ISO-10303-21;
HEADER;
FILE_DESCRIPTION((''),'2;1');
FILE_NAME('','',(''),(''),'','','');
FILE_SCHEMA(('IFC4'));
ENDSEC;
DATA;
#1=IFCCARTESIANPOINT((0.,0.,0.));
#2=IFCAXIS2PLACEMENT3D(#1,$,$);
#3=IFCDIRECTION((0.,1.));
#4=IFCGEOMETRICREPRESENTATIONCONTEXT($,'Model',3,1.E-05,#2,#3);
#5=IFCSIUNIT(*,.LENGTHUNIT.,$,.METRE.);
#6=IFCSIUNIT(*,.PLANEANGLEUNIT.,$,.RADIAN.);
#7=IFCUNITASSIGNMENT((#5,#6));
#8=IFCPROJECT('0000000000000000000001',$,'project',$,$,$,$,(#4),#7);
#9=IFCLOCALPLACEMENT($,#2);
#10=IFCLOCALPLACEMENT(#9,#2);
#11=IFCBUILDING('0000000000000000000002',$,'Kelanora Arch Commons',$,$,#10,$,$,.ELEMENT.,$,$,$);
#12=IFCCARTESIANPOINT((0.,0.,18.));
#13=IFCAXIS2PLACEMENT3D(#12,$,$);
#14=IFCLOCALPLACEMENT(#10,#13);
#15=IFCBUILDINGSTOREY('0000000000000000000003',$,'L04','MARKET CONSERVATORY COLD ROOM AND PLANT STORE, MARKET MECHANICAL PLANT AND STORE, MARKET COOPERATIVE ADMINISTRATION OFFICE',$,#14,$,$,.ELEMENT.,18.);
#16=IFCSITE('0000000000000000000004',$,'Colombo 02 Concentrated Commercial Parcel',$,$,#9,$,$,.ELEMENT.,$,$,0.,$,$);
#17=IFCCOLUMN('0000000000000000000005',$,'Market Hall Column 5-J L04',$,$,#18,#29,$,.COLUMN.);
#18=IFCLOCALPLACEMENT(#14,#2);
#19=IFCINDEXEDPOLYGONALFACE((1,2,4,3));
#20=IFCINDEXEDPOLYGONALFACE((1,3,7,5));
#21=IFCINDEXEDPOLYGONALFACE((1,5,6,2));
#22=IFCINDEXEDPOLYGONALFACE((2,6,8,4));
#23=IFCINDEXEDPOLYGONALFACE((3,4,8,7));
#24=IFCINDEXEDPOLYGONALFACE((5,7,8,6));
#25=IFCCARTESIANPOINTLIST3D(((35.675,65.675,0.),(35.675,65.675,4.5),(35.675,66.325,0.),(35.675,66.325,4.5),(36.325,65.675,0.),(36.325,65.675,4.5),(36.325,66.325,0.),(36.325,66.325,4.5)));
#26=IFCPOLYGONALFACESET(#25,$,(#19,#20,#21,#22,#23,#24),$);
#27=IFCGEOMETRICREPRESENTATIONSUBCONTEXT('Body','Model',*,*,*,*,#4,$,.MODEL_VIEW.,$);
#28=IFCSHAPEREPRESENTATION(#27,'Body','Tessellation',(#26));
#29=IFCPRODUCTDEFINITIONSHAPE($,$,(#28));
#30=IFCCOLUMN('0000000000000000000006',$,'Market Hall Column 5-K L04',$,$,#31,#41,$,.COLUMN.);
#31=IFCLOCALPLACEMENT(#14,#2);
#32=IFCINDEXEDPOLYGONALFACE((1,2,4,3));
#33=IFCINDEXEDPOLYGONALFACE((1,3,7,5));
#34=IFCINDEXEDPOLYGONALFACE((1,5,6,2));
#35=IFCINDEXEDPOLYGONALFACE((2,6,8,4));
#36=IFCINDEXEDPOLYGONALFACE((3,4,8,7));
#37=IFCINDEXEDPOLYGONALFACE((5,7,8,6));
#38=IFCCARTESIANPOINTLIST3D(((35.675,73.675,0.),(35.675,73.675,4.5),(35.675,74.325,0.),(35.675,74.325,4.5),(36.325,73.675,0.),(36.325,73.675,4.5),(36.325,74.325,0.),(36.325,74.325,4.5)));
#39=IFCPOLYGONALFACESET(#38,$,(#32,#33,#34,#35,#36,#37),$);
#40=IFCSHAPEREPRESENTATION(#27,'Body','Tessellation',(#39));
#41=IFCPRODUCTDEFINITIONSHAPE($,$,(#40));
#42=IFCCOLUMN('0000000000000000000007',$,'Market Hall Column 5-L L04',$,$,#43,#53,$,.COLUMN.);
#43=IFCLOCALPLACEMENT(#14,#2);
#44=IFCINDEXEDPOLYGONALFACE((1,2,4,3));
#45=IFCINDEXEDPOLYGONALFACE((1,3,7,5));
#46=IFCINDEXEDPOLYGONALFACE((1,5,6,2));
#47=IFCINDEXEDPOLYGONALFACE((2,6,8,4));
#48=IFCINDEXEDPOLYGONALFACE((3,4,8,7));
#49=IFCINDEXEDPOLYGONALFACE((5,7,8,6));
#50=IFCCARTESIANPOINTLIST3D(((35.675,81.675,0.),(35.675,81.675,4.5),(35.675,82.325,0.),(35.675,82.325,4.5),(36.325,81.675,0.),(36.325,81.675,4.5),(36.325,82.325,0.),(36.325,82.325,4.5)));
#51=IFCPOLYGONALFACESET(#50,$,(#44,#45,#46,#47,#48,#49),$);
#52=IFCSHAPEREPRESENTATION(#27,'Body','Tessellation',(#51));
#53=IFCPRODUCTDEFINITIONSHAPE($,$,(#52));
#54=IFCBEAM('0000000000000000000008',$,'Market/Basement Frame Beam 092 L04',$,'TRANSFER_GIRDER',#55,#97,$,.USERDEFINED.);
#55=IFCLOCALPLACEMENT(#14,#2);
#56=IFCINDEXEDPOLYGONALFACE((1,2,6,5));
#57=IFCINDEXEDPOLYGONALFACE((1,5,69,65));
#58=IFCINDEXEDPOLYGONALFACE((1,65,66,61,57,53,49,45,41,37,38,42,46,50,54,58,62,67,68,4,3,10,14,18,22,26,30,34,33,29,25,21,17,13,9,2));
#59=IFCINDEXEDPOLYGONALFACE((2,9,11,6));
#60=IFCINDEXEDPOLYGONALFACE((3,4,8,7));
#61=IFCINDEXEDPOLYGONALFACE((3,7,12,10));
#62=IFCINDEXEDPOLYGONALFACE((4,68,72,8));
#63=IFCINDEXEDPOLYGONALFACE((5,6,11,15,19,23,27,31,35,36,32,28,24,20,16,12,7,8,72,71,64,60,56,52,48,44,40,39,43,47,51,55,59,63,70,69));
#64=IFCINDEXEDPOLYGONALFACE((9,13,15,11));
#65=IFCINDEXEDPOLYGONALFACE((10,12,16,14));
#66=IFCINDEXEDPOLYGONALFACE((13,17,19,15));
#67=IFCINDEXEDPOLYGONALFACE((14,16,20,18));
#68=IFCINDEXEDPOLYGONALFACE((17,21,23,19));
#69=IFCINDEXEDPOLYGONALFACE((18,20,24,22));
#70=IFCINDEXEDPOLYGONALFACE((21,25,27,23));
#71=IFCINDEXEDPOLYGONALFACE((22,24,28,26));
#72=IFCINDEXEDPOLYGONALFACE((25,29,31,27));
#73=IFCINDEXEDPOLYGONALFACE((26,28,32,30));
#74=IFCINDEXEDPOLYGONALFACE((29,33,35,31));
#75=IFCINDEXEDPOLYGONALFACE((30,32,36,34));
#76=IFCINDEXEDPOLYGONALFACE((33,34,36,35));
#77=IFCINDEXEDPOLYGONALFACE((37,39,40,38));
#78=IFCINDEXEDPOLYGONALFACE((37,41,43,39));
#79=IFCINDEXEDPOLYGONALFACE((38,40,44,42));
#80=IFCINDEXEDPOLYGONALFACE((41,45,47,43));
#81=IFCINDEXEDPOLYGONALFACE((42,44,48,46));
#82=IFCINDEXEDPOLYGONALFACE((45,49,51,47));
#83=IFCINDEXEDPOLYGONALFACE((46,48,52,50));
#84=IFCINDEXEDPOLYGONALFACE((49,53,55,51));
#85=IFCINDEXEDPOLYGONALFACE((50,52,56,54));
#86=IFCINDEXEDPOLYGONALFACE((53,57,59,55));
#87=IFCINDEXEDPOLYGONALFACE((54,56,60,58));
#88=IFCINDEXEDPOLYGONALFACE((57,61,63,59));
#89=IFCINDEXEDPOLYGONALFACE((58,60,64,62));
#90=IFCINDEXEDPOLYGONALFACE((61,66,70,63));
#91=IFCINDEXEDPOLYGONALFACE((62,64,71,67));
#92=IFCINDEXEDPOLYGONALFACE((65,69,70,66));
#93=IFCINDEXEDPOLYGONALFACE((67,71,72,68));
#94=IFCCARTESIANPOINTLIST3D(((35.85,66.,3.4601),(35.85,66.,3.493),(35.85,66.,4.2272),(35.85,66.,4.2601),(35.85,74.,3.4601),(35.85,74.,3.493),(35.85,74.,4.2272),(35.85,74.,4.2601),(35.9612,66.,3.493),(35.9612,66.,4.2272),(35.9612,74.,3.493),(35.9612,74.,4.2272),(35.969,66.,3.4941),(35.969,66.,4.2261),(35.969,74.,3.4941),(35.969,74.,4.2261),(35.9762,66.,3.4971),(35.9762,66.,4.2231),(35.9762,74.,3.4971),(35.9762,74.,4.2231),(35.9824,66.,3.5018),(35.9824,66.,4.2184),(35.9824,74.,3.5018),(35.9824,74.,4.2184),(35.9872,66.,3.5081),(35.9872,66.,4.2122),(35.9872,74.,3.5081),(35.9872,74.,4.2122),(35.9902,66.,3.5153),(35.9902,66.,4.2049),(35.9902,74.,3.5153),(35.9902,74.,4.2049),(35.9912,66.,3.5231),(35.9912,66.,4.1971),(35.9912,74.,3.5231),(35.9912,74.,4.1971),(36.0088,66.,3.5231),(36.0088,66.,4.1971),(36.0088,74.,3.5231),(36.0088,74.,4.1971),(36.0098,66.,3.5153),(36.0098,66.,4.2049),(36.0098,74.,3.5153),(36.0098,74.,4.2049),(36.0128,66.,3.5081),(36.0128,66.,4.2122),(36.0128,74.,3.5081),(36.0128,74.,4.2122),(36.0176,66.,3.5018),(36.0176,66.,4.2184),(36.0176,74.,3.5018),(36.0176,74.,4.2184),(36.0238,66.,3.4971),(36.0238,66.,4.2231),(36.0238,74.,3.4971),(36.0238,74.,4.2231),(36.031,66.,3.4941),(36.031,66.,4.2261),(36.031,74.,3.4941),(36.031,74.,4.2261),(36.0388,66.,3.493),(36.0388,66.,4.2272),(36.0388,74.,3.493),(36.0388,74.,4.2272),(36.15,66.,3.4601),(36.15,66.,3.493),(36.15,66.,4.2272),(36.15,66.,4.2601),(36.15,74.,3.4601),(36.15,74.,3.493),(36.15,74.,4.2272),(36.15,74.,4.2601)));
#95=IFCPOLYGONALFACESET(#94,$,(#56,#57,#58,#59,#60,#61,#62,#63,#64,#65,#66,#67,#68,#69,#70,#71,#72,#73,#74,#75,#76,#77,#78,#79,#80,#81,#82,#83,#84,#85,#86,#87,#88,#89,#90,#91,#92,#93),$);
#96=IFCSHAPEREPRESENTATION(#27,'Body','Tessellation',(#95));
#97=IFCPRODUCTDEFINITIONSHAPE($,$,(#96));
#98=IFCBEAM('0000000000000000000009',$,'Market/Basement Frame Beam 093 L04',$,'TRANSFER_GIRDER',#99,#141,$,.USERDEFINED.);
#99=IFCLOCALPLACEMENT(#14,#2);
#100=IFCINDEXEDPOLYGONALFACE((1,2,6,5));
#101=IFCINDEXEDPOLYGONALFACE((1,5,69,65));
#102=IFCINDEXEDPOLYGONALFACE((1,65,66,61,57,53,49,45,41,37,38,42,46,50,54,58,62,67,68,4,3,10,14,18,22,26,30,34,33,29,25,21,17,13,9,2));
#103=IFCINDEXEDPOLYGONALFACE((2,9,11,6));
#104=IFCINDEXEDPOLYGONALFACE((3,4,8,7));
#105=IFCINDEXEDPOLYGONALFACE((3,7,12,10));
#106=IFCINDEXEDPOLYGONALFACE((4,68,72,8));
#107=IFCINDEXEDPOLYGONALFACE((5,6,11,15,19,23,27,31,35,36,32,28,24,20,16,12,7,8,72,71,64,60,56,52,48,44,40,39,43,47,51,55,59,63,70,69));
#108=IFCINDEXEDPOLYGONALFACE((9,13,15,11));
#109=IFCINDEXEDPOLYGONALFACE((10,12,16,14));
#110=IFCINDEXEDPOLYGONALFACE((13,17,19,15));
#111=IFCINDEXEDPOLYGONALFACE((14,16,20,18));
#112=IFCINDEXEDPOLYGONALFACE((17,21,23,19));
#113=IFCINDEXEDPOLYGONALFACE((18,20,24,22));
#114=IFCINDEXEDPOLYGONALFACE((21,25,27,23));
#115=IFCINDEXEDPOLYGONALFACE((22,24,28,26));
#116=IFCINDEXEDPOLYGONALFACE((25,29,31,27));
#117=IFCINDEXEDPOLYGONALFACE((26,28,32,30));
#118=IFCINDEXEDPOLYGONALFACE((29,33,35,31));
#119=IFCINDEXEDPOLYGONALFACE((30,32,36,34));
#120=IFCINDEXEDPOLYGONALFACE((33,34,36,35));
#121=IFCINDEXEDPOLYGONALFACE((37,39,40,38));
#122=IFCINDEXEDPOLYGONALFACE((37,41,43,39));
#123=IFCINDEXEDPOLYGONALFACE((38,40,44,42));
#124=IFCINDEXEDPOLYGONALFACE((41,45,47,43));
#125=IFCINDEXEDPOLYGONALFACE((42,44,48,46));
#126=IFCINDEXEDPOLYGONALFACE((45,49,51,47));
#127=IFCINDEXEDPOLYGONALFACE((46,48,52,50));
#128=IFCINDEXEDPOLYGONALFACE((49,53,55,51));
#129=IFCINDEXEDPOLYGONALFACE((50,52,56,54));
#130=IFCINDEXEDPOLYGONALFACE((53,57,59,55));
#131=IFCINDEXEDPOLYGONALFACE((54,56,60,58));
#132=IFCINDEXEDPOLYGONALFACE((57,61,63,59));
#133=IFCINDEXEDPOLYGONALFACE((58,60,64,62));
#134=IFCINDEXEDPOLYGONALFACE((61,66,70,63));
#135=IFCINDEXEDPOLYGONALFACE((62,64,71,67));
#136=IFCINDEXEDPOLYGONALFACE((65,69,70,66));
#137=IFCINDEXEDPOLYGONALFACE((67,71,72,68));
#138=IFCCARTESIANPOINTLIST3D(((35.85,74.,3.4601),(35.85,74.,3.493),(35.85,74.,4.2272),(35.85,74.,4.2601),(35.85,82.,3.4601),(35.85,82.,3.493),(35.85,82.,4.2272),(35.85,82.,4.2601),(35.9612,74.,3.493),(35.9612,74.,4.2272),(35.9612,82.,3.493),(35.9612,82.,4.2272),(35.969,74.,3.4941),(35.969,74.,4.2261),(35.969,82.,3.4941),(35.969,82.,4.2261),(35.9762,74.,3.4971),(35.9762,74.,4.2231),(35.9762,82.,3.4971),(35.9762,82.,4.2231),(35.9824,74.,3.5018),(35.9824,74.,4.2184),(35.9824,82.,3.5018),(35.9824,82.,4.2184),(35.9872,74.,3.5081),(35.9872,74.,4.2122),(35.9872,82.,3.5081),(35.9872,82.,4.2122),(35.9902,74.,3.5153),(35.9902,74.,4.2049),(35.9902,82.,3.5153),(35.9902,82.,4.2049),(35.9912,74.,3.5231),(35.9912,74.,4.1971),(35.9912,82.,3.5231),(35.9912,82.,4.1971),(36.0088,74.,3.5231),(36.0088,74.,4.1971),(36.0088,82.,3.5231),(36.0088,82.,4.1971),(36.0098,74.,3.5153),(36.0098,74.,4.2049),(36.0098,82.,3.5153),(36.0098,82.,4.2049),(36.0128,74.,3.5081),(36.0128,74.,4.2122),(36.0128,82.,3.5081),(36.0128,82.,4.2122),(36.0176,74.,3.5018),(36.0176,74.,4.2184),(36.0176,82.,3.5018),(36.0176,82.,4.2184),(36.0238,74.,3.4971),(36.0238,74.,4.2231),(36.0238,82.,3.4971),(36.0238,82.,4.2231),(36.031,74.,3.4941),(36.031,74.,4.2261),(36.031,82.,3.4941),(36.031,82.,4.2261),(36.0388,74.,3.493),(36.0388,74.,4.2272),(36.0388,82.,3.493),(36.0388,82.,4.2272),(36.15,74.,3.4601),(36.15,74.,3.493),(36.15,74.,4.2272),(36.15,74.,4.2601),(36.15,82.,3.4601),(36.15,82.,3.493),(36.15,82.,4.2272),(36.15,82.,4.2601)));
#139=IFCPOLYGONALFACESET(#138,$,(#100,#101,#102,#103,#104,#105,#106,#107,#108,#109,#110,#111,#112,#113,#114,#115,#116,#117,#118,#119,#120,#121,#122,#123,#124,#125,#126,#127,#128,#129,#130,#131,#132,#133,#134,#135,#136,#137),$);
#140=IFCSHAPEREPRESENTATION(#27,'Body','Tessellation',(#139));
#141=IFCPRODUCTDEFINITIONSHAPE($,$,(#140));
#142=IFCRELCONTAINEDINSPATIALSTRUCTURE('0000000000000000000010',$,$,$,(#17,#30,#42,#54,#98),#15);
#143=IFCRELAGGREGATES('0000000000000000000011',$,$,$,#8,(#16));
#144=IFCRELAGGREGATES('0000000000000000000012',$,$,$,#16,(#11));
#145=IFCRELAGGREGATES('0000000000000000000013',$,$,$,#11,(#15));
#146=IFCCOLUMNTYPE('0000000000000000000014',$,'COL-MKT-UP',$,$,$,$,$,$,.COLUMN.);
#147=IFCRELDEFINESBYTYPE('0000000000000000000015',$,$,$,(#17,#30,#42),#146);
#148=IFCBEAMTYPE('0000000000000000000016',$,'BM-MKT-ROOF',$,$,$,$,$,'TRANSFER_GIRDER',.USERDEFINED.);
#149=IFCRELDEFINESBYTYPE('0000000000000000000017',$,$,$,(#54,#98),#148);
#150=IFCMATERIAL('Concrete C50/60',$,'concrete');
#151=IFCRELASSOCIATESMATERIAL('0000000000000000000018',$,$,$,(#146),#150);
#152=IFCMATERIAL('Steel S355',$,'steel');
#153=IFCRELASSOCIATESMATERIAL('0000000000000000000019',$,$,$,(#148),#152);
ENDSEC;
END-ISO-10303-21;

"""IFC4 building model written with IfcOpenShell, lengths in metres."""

from ifc_helpers import new_model, si_unit, direction, frame, origin, origin_2d, place, context, subcontext, project, spatial, rectangle, i_section, extrude, material, material_profile, profile_set, type_object, element, save


model = new_model("IFC4")

# Units and contexts
model_context = context("Model", 3, precision=1e-05, world=origin(), true_north=direction((0.0, 1.0)))
body_context = subcontext(model_context, "Body", "Model", "MODEL_VIEW")
ifc_project = project(units=[si_unit("LENGTHUNIT", "METRE"), si_unit("PLANEANGLEUNIT", "RADIAN")], contexts=[model_context])

# Site, building, storey
site_placement = place(None, origin())
site = spatial("IfcSite", under=ifc_project, at=site_placement, Name="Colombo 02 Concentrated Commercial Parcel", CompositionType="ELEMENT", RefElevation=0.0)
building_placement = place(site_placement, origin())
building = spatial("IfcBuilding", under=site, at=building_placement, Name="Kelanora Arch Commons", CompositionType="ELEMENT")
storey_placement = place(building_placement, frame((0.0, 0.0, 18.0)))
storey = spatial("IfcBuildingStorey", under=building, at=storey_placement, Name="L04", Description="MARKET CONSERVATORY COLD ROOM AND PLANT STORE, MARKET MECHANICAL PLANT AND STORE, MARKET COOPERATIVE ADMINISTRATION OFFICE", CompositionType="ELEMENT", Elevation=18.0)

# Columns
ifc_material_1 = material(Name="Concrete C50/60", Category="concrete")
ifc_material_profile_1 = material_profile(ifc_material_1, rectangle(XDim=0.6499, YDim=0.6499, at=origin_2d()), Name="RC650x650")
ifc_profile_set_1 = profile_set([ifc_material_profile_1], Name="Concrete C50/60")
column_type = type_object("IfcColumnType", Name="COL-MKT-UP", PredefinedType="COLUMN", material=ifc_profile_set_1)
for number, where, z_axis, x_axis, name in (
    (1, (36.0, 66.0, 0.0), (0.0, 0.0, 1.0), (1.0, 0.0, 0.0), "Market Hall Column 5-J L04"),
    (2, (36.0, 74.0, 0.0), (0.0, 0.0, 1.0), (1.0, 0.0, 0.0), "Market Hall Column 5-K L04"),
    (3, (36.0, 82.0, 0.0), (0.0, 0.0, 1.0), (1.0, 0.0, 0.0), "Market Hall Column 5-L L04"),
):
    element("IfcColumn", number, at=place(storey_placement, frame(where, z_axis=z_axis, x_axis=x_axis)), inside=storey, type_object=column_type, Name=name, PredefinedType="COLUMN", context=body_context, shape_type="SweptSolid", body=[
        extrude(rectangle(XDim=0.6499, YDim=0.6499, at=origin_2d()), origin(), (0.0, 0.0, 1.0), 4.5),
    ])

# Beams
ifc_material_2 = material(Name="Steel S355", Category="steel")
ifc_material_profile_2 = material_profile(ifc_material_2, i_section(OverallWidth=0.3, OverallDepth=0.8, WebThickness=0.0176, FlangeThickness=0.033, FilletRadius=0.03, at=origin_2d()), Name="HEB800")
ifc_profile_set_2 = profile_set([ifc_material_profile_2], Name="Steel S355")
beam_type = type_object("IfcBeamType", Name="BM-MKT-ROOF", ElementType="TRANSFER_GIRDER", PredefinedType="USERDEFINED", material=ifc_profile_set_2)
for number, where, z_axis, x_axis, name in (
    (4, (36.0, 66.0, 3.8601), (0.0, 1.0, 0.0), (-1.0, 0.0, 0.0), "Market/Basement Frame Beam 092 L04"),
    (5, (36.0, 74.0, 3.8601), (0.0, 1.0, 0.0), (-1.0, 0.0, 0.0), "Market/Basement Frame Beam 093 L04"),
):
    element("IfcBeam", number, at=place(storey_placement, frame(where, z_axis=z_axis, x_axis=x_axis)), inside=storey, type_object=beam_type, Name=name, ObjectType="TRANSFER_GIRDER", PredefinedType="USERDEFINED", context=body_context, shape_type="SweptSolid", body=[
        extrude(i_section(OverallWidth=0.3, OverallDepth=0.8, WebThickness=0.0176, FlangeThickness=0.033, FilletRadius=0.03, at=origin_2d()), origin(), (0.0, 0.0, 1.0), 8.0),
    ])

save(model, "model.ifc")
